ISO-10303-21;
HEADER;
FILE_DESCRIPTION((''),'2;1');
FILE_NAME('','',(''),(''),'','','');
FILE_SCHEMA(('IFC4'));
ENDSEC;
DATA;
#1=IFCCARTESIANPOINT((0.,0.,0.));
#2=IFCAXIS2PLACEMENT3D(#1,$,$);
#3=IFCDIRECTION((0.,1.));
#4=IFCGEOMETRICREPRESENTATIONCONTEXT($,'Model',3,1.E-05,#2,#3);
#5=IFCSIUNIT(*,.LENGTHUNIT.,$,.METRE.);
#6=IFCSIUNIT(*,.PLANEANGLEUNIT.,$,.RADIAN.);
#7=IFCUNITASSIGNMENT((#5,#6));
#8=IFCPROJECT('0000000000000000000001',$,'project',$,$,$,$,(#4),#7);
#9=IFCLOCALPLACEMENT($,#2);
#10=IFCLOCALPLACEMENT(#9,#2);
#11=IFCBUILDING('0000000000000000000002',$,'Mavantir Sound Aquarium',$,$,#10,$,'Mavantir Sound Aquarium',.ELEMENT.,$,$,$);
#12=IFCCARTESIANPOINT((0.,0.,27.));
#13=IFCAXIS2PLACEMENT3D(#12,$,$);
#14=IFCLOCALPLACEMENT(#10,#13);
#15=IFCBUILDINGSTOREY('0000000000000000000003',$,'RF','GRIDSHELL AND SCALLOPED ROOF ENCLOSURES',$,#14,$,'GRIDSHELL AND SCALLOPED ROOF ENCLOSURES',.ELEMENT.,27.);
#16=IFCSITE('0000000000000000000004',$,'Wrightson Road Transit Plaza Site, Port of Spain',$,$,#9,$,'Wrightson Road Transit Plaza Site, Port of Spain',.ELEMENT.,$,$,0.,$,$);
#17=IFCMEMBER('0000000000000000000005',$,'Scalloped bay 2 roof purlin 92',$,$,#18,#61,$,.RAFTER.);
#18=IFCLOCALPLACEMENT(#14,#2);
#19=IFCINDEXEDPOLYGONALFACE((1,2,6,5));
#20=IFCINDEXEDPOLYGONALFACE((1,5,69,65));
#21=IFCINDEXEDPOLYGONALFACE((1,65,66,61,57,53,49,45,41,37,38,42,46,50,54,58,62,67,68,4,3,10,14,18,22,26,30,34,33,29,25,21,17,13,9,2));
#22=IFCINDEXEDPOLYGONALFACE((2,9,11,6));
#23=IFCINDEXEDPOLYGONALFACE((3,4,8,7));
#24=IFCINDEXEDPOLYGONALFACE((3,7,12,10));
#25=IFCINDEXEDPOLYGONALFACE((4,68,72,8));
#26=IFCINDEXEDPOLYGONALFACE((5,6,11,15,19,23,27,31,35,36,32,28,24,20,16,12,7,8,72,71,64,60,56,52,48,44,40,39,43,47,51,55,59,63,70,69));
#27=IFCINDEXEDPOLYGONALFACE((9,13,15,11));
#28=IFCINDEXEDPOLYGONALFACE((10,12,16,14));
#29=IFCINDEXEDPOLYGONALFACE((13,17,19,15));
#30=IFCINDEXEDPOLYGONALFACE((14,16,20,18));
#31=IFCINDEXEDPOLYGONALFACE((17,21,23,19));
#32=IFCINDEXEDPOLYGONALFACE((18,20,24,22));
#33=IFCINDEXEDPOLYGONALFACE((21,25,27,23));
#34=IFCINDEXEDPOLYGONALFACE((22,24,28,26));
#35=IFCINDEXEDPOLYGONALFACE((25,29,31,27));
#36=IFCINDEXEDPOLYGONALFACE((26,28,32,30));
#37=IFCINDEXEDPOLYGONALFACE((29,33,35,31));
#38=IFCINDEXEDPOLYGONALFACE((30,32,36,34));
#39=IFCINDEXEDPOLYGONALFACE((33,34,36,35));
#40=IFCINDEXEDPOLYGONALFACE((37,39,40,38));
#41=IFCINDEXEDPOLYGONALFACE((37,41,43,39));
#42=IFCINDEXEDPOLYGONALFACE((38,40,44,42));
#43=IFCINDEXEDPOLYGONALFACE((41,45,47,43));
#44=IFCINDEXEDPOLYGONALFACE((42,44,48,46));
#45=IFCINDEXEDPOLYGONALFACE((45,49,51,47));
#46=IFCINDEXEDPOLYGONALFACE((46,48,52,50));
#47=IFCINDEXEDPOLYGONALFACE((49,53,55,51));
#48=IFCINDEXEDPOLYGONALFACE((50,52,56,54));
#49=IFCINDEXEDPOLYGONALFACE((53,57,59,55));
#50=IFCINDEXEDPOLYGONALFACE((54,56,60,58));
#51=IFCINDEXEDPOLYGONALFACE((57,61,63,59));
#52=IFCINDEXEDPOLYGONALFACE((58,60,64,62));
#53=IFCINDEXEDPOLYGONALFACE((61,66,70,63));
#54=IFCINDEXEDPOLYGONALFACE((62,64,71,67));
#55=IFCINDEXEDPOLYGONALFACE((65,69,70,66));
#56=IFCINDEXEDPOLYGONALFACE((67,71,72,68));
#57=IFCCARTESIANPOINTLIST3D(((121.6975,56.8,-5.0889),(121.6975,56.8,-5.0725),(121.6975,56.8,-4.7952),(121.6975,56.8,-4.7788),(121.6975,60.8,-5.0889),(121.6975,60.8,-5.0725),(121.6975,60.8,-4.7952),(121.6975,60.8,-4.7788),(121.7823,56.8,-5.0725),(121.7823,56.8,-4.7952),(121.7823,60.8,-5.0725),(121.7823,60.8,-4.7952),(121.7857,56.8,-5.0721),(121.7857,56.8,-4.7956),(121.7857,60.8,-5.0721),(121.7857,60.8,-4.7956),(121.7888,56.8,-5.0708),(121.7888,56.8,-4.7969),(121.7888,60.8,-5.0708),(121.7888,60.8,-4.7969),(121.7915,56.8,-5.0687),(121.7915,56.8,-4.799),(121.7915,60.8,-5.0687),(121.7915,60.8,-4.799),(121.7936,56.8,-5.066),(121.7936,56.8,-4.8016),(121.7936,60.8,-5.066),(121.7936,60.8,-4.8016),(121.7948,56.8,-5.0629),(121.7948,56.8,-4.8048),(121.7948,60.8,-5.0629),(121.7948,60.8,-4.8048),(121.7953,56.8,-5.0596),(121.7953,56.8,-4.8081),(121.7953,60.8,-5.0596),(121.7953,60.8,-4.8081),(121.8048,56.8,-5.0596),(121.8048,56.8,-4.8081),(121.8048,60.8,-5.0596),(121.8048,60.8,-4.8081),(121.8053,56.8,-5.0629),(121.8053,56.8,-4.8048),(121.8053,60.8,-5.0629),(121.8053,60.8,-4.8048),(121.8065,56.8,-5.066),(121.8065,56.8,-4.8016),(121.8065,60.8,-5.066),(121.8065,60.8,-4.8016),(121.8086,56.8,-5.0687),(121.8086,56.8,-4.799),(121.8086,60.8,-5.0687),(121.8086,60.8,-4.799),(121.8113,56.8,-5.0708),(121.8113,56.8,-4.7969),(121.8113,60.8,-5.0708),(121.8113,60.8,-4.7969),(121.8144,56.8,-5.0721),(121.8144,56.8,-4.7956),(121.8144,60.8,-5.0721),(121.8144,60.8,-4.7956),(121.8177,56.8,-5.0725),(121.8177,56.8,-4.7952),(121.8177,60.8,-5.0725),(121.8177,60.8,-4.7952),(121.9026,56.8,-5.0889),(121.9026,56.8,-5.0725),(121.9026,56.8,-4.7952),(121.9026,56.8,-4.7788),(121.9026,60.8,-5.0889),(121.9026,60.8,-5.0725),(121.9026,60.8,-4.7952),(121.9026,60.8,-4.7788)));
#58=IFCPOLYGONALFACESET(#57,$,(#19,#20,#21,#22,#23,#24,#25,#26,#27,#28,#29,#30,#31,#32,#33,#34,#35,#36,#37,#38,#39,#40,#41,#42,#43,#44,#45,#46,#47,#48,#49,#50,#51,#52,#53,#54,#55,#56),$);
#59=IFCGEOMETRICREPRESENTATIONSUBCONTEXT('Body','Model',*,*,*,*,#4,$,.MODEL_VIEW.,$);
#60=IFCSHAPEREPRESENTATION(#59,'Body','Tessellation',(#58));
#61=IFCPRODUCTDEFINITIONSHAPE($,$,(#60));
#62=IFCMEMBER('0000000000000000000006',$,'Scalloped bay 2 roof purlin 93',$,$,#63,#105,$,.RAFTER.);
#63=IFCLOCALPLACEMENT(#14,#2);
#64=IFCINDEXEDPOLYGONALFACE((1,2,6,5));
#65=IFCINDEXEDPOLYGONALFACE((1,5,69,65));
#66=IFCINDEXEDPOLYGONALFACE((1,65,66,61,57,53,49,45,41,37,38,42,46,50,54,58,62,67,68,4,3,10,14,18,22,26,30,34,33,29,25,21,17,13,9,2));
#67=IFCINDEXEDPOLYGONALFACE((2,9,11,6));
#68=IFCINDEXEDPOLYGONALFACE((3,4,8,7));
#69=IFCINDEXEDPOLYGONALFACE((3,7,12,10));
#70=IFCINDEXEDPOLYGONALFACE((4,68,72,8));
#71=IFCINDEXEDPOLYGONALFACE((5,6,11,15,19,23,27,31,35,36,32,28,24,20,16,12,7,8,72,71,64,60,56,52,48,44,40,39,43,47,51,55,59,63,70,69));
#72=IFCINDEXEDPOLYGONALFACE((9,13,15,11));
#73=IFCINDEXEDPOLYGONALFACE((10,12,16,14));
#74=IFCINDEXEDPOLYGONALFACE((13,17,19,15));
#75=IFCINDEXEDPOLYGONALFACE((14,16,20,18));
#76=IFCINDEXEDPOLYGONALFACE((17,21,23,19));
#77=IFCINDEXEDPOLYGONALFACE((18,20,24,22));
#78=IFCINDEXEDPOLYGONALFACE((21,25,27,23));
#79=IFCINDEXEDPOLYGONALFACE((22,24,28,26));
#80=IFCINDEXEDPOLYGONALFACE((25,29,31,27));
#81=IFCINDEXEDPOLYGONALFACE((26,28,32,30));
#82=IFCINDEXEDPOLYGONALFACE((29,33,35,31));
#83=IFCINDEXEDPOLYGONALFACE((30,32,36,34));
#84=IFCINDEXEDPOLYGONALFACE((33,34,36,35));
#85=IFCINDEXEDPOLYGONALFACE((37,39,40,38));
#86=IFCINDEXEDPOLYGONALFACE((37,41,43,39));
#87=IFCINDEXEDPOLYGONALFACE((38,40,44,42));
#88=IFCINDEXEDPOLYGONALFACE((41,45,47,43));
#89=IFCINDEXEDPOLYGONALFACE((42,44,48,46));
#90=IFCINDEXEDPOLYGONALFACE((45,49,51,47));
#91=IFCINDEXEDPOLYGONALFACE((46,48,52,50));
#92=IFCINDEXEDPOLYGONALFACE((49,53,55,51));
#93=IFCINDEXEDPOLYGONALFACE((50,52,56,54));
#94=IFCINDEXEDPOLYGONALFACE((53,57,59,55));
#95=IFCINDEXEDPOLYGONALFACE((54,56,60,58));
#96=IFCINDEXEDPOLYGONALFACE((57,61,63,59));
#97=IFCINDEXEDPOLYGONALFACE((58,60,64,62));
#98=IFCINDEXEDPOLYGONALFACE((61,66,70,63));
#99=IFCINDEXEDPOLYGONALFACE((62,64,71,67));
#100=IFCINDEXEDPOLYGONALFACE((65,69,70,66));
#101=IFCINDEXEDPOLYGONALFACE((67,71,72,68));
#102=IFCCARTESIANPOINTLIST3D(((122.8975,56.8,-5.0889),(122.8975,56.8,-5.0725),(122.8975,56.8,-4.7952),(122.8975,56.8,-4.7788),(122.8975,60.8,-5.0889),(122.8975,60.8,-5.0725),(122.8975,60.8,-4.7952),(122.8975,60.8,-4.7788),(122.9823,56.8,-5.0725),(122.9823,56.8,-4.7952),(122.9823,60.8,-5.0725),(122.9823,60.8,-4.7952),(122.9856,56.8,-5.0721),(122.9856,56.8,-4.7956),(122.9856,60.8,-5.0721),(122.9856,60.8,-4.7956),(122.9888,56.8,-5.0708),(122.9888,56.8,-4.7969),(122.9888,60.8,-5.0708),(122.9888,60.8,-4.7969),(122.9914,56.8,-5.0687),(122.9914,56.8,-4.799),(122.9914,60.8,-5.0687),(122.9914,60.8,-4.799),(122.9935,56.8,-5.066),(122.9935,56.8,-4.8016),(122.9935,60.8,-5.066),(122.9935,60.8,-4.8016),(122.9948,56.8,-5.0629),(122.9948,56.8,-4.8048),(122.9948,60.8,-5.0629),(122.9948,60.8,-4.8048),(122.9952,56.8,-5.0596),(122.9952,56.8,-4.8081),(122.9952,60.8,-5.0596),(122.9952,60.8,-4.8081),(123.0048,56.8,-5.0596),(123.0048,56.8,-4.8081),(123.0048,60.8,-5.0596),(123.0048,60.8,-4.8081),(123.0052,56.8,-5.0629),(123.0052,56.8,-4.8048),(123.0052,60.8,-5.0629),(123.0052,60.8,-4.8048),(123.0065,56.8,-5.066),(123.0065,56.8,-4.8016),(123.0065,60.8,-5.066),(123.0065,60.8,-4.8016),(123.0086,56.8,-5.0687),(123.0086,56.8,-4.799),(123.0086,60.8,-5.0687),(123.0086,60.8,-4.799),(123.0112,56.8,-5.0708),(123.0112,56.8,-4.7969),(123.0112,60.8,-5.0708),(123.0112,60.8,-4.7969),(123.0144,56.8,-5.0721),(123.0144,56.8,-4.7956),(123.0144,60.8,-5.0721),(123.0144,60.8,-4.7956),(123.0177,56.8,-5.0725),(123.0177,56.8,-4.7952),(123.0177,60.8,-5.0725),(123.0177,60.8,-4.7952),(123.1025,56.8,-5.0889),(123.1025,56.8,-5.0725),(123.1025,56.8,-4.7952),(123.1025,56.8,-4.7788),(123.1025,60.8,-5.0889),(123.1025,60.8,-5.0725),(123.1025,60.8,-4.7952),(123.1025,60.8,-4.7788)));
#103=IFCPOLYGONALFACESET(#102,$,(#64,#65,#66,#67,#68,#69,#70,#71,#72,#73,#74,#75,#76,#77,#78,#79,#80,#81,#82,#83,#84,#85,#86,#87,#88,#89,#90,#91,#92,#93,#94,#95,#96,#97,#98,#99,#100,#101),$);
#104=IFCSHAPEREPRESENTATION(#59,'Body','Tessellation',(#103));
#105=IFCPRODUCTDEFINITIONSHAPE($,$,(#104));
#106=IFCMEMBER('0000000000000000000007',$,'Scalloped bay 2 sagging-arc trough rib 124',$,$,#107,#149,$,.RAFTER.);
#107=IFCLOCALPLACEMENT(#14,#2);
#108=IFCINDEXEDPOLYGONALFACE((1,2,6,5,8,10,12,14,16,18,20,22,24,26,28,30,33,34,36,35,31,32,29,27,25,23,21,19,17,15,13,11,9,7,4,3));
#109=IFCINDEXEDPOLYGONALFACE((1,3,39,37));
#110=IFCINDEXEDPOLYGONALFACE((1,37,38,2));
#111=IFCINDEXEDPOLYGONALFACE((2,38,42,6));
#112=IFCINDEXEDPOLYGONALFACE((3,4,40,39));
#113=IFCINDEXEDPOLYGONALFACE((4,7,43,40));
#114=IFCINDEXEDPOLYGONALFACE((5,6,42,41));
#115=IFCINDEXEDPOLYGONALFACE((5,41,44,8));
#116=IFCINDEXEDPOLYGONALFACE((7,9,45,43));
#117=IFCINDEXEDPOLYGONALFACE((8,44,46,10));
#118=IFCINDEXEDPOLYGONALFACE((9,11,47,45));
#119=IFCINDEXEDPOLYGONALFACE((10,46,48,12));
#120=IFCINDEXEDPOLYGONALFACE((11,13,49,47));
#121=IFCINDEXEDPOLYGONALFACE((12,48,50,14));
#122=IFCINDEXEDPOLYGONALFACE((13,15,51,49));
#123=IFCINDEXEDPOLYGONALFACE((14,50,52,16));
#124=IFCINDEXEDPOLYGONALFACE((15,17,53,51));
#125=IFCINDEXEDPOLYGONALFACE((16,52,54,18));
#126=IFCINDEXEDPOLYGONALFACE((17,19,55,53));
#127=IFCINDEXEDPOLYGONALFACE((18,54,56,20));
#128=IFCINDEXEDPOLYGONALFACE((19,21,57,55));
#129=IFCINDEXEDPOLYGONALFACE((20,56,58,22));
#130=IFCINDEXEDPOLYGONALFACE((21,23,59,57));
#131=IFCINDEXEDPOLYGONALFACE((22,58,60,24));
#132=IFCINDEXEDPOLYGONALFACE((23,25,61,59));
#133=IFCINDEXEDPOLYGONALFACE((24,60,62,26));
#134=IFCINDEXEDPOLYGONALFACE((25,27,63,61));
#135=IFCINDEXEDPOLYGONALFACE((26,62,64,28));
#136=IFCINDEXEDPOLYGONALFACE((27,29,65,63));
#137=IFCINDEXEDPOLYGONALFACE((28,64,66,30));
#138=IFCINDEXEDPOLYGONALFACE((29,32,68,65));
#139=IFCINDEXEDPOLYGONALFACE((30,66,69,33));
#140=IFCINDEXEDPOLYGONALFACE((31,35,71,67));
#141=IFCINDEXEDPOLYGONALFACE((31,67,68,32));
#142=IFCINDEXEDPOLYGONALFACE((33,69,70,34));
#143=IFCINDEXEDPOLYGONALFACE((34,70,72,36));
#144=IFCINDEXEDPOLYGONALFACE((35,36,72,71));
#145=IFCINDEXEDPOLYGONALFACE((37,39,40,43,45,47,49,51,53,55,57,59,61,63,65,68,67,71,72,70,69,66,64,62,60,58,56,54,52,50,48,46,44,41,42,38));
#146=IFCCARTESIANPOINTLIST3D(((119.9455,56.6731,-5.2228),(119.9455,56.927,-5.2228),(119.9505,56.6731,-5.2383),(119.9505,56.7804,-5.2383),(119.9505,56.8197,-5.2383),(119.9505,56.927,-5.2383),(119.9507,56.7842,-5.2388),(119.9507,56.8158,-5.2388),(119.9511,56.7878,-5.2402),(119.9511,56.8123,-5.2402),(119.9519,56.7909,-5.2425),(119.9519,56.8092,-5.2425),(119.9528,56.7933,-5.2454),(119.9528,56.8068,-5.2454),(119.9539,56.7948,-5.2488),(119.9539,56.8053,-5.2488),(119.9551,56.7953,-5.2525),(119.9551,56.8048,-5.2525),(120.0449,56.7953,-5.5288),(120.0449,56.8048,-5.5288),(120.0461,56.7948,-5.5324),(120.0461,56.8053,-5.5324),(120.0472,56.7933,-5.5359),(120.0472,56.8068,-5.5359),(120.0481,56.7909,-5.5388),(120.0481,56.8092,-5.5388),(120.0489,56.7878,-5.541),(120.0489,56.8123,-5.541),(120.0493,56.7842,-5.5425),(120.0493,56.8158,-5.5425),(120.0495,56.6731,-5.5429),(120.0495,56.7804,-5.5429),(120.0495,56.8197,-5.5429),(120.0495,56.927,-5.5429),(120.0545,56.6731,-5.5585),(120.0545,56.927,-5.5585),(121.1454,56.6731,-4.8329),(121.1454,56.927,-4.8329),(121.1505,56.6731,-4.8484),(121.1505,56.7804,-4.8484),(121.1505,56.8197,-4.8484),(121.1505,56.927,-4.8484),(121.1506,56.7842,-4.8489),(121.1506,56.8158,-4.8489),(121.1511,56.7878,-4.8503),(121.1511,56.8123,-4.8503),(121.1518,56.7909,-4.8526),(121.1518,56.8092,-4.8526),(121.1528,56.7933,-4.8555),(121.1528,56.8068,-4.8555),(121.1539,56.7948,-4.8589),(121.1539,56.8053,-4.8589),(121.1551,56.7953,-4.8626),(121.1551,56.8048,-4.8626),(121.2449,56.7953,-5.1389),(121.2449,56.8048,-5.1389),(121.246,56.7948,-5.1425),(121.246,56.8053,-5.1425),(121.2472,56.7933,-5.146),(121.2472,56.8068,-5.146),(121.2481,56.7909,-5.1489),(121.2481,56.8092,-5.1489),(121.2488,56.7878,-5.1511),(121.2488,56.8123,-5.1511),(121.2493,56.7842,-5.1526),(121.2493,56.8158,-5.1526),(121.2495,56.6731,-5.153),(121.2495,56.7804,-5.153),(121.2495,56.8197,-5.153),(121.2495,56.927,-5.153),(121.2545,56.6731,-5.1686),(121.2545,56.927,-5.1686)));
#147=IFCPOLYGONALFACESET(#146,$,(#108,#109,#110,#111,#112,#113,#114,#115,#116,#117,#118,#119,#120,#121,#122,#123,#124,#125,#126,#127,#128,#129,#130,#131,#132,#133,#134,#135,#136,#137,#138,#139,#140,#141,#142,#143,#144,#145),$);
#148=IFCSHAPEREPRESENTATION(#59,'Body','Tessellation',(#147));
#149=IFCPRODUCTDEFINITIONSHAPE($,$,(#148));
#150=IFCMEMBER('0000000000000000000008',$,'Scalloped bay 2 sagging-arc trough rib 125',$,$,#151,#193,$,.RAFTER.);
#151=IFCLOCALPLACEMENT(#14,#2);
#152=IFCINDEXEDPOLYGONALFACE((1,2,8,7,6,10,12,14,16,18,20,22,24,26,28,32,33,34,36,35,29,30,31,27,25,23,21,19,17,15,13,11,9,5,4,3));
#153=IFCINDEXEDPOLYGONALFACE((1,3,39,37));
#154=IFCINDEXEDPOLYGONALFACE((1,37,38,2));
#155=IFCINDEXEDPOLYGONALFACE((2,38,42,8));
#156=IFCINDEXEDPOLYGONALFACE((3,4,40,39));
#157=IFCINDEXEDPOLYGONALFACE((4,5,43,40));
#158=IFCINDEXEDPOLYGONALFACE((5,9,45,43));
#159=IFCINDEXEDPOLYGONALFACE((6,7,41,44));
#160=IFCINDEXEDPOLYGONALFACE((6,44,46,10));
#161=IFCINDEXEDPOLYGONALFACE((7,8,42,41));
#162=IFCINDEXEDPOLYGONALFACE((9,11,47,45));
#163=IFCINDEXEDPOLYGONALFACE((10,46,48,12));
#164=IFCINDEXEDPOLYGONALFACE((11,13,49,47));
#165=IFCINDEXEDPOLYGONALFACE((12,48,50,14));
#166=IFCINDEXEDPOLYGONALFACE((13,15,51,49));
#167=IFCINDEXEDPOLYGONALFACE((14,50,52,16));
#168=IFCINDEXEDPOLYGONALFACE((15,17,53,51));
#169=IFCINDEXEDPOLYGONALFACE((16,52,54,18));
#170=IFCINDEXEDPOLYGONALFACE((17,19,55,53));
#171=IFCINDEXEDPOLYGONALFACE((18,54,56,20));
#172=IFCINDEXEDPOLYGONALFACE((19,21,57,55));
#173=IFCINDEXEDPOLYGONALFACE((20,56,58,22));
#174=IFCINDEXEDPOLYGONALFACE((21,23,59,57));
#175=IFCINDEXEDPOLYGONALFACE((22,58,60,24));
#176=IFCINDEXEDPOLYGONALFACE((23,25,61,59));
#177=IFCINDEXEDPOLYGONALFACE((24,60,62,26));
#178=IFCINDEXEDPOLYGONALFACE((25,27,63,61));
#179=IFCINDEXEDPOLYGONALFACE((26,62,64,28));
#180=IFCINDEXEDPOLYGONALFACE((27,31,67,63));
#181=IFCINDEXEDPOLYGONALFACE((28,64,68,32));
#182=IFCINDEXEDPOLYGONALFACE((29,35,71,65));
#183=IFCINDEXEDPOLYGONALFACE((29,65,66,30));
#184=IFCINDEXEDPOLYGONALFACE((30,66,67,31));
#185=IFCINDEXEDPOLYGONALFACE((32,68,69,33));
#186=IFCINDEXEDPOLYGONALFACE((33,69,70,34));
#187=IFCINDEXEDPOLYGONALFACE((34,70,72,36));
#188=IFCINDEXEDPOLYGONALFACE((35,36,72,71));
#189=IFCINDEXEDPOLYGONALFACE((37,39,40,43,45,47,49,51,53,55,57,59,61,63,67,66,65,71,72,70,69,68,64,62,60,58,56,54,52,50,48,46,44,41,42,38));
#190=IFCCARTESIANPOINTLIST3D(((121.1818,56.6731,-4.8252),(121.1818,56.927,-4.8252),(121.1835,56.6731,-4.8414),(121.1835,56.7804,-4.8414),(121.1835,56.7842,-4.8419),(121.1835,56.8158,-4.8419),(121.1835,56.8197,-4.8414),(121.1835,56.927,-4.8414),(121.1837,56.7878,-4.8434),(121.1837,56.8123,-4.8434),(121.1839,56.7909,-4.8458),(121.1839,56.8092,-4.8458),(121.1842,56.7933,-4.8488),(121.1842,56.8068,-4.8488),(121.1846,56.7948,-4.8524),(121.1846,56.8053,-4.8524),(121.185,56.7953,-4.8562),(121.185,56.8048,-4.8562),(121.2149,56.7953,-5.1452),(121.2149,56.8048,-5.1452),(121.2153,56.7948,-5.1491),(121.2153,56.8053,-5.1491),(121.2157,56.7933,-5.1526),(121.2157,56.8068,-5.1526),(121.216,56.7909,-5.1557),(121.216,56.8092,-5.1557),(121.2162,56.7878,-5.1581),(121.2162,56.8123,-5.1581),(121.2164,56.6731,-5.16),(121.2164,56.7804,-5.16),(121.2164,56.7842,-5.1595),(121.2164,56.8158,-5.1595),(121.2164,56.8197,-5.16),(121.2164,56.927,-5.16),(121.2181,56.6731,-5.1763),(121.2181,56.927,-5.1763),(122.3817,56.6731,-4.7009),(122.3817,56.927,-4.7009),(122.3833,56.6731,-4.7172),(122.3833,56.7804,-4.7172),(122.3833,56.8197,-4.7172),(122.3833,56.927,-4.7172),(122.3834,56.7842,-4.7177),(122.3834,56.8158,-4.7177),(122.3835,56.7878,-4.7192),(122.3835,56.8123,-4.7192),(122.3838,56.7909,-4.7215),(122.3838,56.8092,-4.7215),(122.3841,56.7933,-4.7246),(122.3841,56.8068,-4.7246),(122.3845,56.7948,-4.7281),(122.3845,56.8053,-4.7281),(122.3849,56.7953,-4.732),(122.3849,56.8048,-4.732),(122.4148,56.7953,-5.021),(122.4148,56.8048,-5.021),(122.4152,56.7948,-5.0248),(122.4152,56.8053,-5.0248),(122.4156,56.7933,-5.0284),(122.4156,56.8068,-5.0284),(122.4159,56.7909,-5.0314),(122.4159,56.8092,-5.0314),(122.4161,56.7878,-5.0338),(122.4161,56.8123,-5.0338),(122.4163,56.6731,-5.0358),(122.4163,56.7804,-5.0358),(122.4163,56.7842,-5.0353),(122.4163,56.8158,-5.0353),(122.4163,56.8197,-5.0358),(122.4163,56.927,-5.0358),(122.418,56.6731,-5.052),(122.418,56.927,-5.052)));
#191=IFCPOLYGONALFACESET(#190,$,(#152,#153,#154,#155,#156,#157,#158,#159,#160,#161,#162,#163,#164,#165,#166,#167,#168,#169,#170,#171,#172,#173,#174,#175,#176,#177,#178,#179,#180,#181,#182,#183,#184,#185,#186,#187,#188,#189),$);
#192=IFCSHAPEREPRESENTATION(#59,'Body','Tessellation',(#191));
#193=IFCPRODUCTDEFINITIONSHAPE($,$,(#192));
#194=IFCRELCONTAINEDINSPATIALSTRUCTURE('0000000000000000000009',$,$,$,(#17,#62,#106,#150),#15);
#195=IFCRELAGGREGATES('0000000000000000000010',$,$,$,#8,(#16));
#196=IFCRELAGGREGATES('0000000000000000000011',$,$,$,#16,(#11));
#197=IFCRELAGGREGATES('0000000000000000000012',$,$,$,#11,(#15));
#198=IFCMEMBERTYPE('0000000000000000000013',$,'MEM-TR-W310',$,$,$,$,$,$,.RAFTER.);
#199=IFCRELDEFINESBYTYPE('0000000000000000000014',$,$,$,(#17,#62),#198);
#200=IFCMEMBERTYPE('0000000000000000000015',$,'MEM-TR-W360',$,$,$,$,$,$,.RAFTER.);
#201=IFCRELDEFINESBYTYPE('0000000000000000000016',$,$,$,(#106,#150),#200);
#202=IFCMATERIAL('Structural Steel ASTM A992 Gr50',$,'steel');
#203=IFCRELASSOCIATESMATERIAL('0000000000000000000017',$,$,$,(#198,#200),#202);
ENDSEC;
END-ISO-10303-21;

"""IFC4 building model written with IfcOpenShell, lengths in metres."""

from ifc_helpers import new_model, si_unit, direction, frame, origin, origin_2d, place, context, subcontext, project, spatial, i_section, extrude, material, material_profile, profile_set, type_object, element, save


model = new_model("IFC4")

# Units and contexts
model_context = context("Model", 3, precision=1e-05, world=origin(), true_north=direction((0.0, 1.0)))
body_context = subcontext(model_context, "Body", "Model", "MODEL_VIEW")
ifc_project = project(units=[si_unit("LENGTHUNIT", "METRE"), si_unit("PLANEANGLEUNIT", "RADIAN")], contexts=[model_context])

# Site, building, storey
site_placement = place(None, origin())
site = spatial("IfcSite", under=ifc_project, at=site_placement, Name="Wrightson Road Transit Plaza Site, Port of Spain", LongName="Wrightson Road Transit Plaza Site, Port of Spain", CompositionType="ELEMENT", RefElevation=0.0)
building_placement = place(site_placement, origin())
building = spatial("IfcBuilding", under=site, at=building_placement, Name="Mavantir Sound Aquarium", LongName="Mavantir Sound Aquarium", CompositionType="ELEMENT")
storey_placement = place(building_placement, frame((0.0, 0.0, 27.0)))
storey = spatial("IfcBuildingStorey", under=building, at=storey_placement, Name="RF", Description="GRIDSHELL AND SCALLOPED ROOF ENCLOSURES", LongName="GRIDSHELL AND SCALLOPED ROOF ENCLOSURES", CompositionType="ELEMENT", Elevation=27.0)

# Shared definitions
ifc_material_1 = material(Name="Structural Steel ASTM A992 Gr50", Category="steel")

# Members
ifc_material_profile_1 = material_profile(ifc_material_1, i_section(OverallWidth=0.2051, OverallDepth=0.3101, WebThickness=0.0095, FlangeThickness=0.0164, FilletRadius=0.0129, at=origin_2d()), Name="W310X74")
ifc_profile_set_1 = profile_set([ifc_material_profile_1], Name="Structural Steel ASTM A992 Gr50")
member_type_1 = type_object("IfcMemberType", Name="MEM-TR-W310", PredefinedType="RAFTER", material=ifc_profile_set_1)
for number, where, z_axis, x_axis, name in (
    (1, (121.8, 56.8, -4.9338), (0.0, 1.0, 0.0), (-1.0, 0.0, 0.0), "Scalloped bay 2 roof purlin 92"),
    (2, (123.0, 56.8, -4.9338), (0.0, 1.0, 0.0), (-1.0, 0.0, 0.0), "Scalloped bay 2 roof purlin 93"),
):
    element("IfcMember", number, at=place(storey_placement, frame(where, z_axis=z_axis, x_axis=x_axis)), inside=storey, type_object=member_type_1, Name=name, PredefinedType="RAFTER", context=body_context, shape_type="SweptSolid", body=[
        extrude(i_section(OverallWidth=0.2051, OverallDepth=0.3101, WebThickness=0.0095, FlangeThickness=0.0164, FilletRadius=0.0129, at=origin_2d()), origin(), (0.0, 0.0, 1.0), 4.0),
    ])
ifc_material_profile_2 = material_profile(ifc_material_1, i_section(OverallWidth=0.2539, OverallDepth=0.353, WebThickness=0.0095, FlangeThickness=0.0164, FilletRadius=0.0149, at=origin_2d()), Name="W360X91")
ifc_profile_set_2 = profile_set([ifc_material_profile_2], Name="Structural Steel ASTM A992 Gr50")
member_type_2 = type_object("IfcMemberType", Name="MEM-TR-W360", PredefinedType="RAFTER", material=ifc_profile_set_2)
member_1_placement = place(storey_placement, frame((120.0, 56.8, -5.3906), z_axis=(0.951055, 0.0, 0.30902), x_axis=(0.0, 1.0, 0.0)))
element("IfcMember", 3, at=member_1_placement, inside=storey, type_object=member_type_2, Name="Scalloped bay 2 sagging-arc trough rib 124", PredefinedType="RAFTER", context=body_context, shape_type="SweptSolid", body=[
    extrude(i_section(OverallWidth=0.2539, OverallDepth=0.353, WebThickness=0.0095, FlangeThickness=0.0164, FilletRadius=0.0149, at=origin_2d()), origin(), (0.0, 0.0, 1.0), 1.2617),
])
member_2_placement = place(storey_placement, frame((121.2, 56.8, -5.0007), z_axis=(0.99468, 0.0, 0.10301), x_axis=(0.0, 1.0, 0.0)))
element("IfcMember", 4, at=member_2_placement, inside=storey, type_object=member_type_2, Name="Scalloped bay 2 sagging-arc trough rib 125", PredefinedType="RAFTER", context=body_context, shape_type="SweptSolid", body=[
    extrude(i_section(OverallWidth=0.2539, OverallDepth=0.353, WebThickness=0.0095, FlangeThickness=0.0164, FilletRadius=0.0149, at=origin_2d()), origin(), (0.0, 0.0, 1.0), 1.2063),
])

save(model, "model.ifc")
